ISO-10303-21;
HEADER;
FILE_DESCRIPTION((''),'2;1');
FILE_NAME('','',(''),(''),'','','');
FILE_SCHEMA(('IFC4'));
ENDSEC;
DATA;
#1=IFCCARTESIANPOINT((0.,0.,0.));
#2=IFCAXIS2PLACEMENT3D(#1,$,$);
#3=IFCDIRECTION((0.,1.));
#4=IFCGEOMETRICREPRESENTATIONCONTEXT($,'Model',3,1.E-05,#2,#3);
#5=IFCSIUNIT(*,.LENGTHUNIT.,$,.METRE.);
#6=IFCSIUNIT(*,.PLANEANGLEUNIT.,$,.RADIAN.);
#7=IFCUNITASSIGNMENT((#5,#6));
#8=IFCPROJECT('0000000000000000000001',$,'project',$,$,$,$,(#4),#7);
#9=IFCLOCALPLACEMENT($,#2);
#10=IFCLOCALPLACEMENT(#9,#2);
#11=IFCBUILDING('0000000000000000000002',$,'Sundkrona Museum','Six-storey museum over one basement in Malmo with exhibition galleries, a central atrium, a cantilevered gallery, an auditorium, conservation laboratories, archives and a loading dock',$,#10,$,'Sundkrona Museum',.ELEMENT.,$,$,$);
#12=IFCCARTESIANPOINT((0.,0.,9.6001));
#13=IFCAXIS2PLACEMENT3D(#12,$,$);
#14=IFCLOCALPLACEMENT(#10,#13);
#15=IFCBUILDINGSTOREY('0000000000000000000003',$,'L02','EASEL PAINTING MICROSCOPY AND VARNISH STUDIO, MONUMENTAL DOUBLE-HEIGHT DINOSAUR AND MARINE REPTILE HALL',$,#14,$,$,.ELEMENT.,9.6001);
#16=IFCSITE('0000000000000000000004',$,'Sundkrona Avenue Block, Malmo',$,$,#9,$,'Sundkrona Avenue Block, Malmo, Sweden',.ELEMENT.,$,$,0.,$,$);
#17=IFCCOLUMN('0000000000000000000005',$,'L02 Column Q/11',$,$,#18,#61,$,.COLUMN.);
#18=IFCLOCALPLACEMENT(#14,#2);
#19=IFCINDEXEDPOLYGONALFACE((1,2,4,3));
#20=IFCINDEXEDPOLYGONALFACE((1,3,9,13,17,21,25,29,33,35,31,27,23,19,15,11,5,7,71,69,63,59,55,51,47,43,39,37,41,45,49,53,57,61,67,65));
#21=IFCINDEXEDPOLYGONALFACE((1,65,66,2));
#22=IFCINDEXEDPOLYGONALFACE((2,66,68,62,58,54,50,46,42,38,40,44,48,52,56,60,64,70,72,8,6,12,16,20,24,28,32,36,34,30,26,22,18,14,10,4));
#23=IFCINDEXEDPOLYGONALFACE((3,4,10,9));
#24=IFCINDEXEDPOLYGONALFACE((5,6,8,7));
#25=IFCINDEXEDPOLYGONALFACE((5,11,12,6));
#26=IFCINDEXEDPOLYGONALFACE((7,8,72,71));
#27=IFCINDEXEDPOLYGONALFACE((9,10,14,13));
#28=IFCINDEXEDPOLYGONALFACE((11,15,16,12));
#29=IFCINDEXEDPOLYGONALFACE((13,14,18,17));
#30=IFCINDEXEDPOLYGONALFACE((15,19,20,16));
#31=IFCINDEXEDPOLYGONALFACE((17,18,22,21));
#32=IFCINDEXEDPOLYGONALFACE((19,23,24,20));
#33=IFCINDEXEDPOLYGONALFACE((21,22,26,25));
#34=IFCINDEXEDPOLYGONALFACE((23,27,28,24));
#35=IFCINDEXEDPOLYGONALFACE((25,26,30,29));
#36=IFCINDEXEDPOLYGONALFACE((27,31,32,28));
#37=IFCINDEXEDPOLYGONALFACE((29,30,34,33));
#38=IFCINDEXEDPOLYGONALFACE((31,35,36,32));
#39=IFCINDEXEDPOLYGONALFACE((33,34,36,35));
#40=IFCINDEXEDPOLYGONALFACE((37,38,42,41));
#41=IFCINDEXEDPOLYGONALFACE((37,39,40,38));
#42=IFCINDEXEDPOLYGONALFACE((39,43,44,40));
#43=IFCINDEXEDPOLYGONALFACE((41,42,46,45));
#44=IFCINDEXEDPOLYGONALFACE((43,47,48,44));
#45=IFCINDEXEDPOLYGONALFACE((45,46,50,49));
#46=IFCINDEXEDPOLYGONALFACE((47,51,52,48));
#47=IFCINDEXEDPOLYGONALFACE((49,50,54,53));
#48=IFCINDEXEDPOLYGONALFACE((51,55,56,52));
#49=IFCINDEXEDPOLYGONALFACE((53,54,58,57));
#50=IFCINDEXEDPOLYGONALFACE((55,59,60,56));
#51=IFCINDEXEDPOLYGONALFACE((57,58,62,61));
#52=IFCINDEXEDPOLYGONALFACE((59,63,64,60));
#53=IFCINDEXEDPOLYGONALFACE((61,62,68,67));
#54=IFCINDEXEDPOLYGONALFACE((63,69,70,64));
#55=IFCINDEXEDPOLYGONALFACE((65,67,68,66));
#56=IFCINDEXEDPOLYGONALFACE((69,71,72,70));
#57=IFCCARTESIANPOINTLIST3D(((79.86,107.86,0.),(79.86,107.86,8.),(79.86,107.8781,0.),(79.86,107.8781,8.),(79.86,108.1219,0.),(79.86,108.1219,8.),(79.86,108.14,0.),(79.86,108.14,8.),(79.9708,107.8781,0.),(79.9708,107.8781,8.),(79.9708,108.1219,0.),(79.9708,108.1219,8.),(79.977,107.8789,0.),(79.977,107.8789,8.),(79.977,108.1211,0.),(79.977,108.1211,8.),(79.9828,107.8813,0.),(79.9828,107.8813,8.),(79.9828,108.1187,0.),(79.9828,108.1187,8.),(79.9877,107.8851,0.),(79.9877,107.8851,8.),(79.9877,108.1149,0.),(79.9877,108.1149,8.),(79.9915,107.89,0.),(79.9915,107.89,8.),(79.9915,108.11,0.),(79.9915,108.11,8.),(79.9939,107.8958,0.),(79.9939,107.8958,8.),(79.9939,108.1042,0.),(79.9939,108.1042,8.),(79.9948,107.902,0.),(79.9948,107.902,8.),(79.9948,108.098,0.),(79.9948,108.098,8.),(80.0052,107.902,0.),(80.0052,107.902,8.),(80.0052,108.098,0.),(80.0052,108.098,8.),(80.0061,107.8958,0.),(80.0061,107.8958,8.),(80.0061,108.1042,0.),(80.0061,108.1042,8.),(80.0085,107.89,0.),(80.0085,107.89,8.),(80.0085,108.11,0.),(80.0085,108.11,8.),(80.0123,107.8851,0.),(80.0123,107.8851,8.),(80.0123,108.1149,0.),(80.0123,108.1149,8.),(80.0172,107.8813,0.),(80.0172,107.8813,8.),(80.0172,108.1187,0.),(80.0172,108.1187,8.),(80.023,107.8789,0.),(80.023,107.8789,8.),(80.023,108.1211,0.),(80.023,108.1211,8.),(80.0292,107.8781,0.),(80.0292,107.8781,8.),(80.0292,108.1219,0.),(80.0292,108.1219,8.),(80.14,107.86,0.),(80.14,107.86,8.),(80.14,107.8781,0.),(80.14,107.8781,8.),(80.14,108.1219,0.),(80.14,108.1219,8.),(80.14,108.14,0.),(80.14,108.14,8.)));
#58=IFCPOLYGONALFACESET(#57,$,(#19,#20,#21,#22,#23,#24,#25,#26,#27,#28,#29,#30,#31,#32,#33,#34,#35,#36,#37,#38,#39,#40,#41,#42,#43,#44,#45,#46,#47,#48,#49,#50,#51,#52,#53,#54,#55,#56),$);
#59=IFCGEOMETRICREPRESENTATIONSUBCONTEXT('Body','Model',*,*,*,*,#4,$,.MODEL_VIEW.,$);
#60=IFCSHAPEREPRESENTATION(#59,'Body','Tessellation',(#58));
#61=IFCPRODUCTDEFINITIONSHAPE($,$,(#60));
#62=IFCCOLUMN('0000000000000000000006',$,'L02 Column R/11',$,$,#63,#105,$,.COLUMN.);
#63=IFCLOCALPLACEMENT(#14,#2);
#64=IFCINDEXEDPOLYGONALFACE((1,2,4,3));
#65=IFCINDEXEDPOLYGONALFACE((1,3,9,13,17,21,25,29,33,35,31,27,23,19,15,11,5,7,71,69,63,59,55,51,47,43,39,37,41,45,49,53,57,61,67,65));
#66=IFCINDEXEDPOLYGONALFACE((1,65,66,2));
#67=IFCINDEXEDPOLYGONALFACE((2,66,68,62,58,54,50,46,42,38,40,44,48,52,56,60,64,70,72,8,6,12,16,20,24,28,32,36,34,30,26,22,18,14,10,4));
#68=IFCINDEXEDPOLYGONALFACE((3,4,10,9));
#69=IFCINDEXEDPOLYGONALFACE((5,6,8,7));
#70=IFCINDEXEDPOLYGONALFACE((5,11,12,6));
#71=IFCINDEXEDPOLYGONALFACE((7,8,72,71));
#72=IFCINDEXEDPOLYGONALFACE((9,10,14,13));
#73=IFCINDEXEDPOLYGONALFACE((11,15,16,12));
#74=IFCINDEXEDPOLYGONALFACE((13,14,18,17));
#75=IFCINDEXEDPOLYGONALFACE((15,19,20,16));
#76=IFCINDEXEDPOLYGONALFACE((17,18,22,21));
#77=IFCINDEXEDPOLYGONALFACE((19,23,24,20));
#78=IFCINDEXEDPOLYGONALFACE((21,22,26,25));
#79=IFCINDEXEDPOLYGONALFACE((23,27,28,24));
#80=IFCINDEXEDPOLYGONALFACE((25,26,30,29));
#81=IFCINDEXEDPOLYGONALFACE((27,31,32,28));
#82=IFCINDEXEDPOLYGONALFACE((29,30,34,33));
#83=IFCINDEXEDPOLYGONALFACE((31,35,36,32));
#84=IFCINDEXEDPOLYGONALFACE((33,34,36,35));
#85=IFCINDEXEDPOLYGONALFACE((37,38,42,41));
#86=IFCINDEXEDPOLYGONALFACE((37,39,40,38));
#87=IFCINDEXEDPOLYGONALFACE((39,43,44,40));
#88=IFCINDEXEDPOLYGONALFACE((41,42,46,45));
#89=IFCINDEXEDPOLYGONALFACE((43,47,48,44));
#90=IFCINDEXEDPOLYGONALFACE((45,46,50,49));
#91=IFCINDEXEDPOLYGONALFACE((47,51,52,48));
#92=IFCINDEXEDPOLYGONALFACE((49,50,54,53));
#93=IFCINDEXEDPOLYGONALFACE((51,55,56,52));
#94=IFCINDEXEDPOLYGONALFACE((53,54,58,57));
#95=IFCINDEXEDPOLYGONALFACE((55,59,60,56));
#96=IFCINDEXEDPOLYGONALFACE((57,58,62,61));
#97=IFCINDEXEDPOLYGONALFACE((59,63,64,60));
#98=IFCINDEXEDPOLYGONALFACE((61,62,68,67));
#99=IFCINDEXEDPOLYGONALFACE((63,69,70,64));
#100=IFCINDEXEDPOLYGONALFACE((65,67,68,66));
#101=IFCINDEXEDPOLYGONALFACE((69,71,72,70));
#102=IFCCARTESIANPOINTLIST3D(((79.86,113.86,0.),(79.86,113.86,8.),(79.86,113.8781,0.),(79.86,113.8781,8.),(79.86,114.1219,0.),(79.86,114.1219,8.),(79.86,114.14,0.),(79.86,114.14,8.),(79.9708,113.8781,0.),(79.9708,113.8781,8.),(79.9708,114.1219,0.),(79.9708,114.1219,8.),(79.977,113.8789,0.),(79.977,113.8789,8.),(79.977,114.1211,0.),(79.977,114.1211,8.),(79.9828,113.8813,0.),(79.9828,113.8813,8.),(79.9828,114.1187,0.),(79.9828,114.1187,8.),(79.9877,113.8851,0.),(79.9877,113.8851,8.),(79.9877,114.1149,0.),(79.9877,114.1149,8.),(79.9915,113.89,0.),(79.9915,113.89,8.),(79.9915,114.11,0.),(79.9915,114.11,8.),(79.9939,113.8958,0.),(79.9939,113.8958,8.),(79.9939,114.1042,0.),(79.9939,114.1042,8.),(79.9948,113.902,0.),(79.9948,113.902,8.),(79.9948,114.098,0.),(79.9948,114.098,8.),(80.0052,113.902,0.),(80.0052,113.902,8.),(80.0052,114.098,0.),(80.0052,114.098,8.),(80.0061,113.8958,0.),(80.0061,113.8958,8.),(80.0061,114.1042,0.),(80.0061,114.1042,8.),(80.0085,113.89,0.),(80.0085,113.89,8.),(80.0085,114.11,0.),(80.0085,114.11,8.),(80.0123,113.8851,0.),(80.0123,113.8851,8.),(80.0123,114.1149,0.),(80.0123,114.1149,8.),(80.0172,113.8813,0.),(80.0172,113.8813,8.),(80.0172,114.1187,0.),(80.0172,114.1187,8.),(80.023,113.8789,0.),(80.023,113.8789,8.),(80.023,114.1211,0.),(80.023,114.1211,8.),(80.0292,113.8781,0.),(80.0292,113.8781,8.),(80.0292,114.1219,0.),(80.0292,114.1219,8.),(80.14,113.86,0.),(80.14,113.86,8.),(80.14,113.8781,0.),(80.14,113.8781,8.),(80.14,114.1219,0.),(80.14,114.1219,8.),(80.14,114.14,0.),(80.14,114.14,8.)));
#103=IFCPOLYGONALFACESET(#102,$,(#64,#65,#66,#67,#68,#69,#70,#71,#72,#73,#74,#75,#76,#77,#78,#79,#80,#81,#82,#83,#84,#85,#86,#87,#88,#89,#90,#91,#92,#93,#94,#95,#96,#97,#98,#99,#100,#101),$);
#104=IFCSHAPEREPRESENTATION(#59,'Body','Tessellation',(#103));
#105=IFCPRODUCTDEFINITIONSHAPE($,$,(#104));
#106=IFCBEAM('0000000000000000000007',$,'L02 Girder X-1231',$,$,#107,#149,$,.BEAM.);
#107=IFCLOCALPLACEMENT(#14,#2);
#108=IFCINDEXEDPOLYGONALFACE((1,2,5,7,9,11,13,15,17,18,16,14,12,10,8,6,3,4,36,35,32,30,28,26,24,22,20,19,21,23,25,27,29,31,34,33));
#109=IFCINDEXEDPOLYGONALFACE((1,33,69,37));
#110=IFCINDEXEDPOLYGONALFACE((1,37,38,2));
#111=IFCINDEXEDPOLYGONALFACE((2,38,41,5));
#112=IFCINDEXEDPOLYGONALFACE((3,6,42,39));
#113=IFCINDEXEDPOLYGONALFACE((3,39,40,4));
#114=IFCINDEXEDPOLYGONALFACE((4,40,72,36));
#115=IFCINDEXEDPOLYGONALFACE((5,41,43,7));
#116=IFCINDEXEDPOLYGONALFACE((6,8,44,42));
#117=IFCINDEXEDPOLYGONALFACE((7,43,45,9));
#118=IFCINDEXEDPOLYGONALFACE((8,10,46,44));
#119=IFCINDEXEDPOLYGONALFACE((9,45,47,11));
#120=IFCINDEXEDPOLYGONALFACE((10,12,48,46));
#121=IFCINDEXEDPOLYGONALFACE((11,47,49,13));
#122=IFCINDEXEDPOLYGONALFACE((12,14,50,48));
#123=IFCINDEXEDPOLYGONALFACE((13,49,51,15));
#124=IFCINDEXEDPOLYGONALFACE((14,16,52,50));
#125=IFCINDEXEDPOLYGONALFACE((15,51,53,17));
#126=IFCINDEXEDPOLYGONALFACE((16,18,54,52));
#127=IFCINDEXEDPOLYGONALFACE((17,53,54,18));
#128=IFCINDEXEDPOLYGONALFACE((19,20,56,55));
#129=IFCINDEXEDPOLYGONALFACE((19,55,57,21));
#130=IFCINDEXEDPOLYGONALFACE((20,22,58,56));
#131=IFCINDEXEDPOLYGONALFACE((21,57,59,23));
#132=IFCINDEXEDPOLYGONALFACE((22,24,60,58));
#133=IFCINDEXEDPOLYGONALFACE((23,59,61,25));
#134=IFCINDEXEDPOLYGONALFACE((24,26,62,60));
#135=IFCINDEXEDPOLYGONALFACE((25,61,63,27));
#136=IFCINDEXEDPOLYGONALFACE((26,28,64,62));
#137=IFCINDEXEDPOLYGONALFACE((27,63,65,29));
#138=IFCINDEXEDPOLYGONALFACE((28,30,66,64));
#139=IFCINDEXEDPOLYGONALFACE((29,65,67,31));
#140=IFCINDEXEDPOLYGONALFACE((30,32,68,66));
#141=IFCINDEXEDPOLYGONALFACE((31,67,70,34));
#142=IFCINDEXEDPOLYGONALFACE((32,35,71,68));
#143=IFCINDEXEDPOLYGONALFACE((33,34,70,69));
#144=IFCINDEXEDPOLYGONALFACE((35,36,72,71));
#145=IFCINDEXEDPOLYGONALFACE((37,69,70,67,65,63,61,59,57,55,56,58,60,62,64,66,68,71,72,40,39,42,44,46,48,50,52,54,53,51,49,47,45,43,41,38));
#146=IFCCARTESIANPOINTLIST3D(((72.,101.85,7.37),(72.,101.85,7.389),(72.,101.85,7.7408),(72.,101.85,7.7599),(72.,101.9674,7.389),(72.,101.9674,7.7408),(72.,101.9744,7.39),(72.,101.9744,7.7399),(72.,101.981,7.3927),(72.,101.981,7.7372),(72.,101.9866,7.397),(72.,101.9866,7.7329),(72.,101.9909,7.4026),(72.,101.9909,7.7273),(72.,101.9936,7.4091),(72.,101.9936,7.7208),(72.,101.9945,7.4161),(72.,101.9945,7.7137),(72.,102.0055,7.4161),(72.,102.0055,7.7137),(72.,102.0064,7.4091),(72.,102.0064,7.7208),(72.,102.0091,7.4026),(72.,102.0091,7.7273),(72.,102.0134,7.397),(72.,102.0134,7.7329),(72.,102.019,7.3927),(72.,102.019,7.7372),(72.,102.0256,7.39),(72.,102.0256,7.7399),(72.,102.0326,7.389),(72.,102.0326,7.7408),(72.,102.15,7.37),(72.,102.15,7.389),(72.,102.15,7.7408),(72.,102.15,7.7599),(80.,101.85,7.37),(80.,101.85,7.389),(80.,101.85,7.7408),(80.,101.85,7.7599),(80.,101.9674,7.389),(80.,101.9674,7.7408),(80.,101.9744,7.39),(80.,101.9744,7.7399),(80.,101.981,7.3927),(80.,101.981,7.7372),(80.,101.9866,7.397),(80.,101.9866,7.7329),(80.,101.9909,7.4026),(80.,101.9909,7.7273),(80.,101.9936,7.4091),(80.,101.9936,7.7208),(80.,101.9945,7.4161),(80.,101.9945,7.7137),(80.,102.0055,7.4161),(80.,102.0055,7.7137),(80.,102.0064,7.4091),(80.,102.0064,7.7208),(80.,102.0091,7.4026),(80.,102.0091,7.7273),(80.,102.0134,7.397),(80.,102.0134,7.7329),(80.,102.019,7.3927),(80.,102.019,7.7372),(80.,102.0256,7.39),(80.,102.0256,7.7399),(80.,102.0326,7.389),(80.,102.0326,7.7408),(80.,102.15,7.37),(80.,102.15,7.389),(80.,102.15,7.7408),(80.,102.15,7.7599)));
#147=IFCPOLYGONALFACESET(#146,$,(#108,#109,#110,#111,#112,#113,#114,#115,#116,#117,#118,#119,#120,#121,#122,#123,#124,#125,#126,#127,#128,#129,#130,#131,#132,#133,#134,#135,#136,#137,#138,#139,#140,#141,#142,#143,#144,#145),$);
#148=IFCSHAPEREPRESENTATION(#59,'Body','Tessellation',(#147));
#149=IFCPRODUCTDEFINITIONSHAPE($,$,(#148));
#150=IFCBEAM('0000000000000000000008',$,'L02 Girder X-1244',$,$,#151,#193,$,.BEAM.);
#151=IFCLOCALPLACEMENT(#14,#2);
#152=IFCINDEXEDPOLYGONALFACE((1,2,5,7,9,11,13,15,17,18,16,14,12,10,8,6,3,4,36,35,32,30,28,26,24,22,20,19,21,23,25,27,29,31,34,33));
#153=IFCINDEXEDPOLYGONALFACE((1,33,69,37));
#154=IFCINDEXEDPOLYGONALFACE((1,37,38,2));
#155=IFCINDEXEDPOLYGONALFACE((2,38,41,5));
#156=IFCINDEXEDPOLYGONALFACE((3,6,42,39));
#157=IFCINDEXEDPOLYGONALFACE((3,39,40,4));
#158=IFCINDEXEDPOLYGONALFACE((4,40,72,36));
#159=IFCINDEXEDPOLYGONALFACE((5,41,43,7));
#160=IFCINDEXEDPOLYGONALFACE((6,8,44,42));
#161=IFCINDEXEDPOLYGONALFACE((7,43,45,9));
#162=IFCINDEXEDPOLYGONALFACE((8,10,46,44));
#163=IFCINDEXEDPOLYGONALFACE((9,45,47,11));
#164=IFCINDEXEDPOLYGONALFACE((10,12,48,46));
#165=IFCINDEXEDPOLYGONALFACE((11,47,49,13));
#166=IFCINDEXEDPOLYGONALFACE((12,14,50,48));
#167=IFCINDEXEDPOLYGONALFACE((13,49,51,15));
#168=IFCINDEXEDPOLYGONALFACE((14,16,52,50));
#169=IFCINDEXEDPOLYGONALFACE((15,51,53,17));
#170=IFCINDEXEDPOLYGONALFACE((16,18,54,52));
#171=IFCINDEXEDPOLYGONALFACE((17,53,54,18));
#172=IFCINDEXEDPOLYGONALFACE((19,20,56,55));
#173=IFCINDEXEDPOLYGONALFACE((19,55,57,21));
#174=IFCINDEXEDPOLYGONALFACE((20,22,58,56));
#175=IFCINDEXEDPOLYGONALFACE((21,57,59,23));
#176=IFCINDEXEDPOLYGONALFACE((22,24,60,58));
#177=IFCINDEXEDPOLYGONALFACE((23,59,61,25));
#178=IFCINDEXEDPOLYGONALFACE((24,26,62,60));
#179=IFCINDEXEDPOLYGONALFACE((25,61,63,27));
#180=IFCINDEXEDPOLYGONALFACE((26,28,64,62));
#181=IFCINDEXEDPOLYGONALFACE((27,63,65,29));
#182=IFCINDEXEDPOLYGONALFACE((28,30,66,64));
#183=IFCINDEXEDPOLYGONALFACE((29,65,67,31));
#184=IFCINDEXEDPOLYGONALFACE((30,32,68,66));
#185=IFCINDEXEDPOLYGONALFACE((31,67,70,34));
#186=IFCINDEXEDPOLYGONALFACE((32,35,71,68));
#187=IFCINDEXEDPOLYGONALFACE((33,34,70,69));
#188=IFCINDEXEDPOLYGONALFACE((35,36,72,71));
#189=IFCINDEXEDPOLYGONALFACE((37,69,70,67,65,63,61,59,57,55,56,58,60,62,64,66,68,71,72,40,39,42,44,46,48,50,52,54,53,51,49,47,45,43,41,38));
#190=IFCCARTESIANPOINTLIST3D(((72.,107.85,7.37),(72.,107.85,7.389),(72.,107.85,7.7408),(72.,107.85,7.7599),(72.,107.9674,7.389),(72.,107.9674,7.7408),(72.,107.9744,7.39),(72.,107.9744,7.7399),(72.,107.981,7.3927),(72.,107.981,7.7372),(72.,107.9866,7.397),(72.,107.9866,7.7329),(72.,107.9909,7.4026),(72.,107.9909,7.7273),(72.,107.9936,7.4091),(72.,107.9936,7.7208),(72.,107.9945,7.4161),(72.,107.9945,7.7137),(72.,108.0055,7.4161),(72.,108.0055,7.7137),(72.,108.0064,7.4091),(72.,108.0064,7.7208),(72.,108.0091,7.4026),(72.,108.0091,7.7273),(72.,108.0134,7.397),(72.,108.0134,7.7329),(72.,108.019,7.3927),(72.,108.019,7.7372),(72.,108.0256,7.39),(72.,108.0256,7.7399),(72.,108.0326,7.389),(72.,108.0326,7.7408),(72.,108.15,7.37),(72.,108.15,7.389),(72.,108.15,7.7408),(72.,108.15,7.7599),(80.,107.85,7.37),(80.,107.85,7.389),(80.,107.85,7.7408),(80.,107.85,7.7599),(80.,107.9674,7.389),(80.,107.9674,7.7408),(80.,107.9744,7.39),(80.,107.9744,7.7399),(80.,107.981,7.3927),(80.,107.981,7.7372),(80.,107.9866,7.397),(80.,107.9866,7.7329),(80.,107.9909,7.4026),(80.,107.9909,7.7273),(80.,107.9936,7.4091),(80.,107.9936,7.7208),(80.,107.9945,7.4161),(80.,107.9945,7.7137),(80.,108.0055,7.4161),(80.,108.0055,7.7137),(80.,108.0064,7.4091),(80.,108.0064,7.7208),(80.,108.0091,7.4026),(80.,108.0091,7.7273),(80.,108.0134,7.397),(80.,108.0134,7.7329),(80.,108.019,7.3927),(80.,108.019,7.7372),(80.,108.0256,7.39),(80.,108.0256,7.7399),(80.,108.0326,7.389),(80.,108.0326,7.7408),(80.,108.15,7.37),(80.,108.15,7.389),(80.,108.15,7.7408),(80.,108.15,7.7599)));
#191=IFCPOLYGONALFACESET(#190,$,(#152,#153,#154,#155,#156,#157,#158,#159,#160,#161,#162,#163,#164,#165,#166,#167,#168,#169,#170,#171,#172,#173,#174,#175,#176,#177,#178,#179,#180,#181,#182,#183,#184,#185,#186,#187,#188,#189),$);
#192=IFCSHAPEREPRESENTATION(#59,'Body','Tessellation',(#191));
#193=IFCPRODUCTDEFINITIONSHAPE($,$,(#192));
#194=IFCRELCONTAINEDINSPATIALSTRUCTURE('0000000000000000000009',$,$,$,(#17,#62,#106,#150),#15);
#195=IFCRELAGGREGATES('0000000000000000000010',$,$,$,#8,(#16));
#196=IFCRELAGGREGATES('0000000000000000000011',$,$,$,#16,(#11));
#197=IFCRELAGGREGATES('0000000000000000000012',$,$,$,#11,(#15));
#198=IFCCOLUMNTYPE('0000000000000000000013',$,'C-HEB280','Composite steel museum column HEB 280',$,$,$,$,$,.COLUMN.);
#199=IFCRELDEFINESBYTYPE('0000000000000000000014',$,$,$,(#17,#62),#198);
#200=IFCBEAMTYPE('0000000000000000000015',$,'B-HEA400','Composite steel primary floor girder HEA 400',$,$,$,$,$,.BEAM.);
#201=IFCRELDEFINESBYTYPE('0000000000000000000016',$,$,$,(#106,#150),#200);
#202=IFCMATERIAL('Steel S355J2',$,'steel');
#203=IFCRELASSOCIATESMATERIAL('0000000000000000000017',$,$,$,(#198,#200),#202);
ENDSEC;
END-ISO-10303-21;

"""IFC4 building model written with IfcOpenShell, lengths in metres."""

from ifc_helpers import new_model, si_unit, direction, frame, origin, origin_2d, place, context, subcontext, project, spatial, i_section, extrude, material, material_profile, profile_set, type_object, element, save


model = new_model("IFC4")

# Units and contexts
model_context = context("Model", 3, precision=1e-05, world=origin(), true_north=direction((0.0, 1.0)))
body_context = subcontext(model_context, "Body", "Model", "MODEL_VIEW")
ifc_project = project(units=[si_unit("LENGTHUNIT", "METRE"), si_unit("PLANEANGLEUNIT", "RADIAN")], contexts=[model_context])

# Site, building, storey
site_placement = place(None, origin())
site = spatial("IfcSite", under=ifc_project, at=site_placement, Name="Sundkrona Avenue Block, Malmo", LongName="Sundkrona Avenue Block, Malmo, Sweden", CompositionType="ELEMENT", RefElevation=0.0)
building_placement = place(site_placement, origin())
building = spatial("IfcBuilding", under=site, at=building_placement, Name="Sundkrona Museum", Description="Six-storey museum over one basement in Malmo with exhibition galleries, a central atrium, a cantilevered gallery, an auditorium, conservation laboratories, archives and a loading dock", LongName="Sundkrona Museum", CompositionType="ELEMENT")
storey_placement = place(building_placement, frame((0.0, 0.0, 9.6001)))
storey = spatial("IfcBuildingStorey", under=building, at=storey_placement, Name="L02", Description="EASEL PAINTING MICROSCOPY AND VARNISH STUDIO, MONUMENTAL DOUBLE-HEIGHT DINOSAUR AND MARINE REPTILE HALL", CompositionType="ELEMENT", Elevation=9.6001)

# Columns
ifc_material_1 = material(Name="Steel S355J2", Category="steel")
ifc_material_profile_1 = material_profile(ifc_material_1, i_section(OverallWidth=0.28, OverallDepth=0.28, WebThickness=0.0105, FlangeThickness=0.0181, FilletRadius=0.0239, at=origin_2d()), Name="HEB 280")
ifc_profile_set_1 = profile_set([ifc_material_profile_1], Name="Steel S355J2")
column_type_1 = type_object("IfcColumnType", Name="C-HEB280", Description="Composite steel museum column HEB 280", PredefinedType="COLUMN", material=ifc_profile_set_1)
for number, where, z_axis, x_axis, name in (
    (1, (80.0, 108.0, 0.0), (0.0, 0.0, 1.0), (1.0, 0.0, 0.0), "L02 Column Q/11"),
    (2, (80.0, 114.0, 0.0), (0.0, 0.0, 1.0), (1.0, 0.0, 0.0), "L02 Column R/11"),
):
    element("IfcColumn", number, at=place(storey_placement, frame(where, z_axis=z_axis, x_axis=x_axis)), inside=storey, type_object=column_type_1, Name=name, PredefinedType="COLUMN", context=body_context, shape_type="SweptSolid", body=[
        extrude(i_section(OverallWidth=0.28, OverallDepth=0.28, WebThickness=0.0105, FlangeThickness=0.0181, FilletRadius=0.0239, at=origin_2d()), origin(), (0.0, 0.0, 1.0), 8.0),
    ])

# Beams
ifc_material_profile_2 = material_profile(ifc_material_1, i_section(OverallWidth=0.3, OverallDepth=0.3899, WebThickness=0.011, FlangeThickness=0.019, FilletRadius=0.0271, at=origin_2d()), Name="HEA 400")
ifc_profile_set_2 = profile_set([ifc_material_profile_2], Name="Steel S355J2")
beam_type_1 = type_object("IfcBeamType", Name="B-HEA400", Description="Composite steel primary floor girder HEA 400", PredefinedType="BEAM", material=ifc_profile_set_2)
for number, where, z_axis, x_axis, name in (
    (3, (72.0, 102.0, 7.5649), (1.0, 0.0, 0.0), (0.0, 1.0, 0.0), "L02 Girder X-1231"),
    (4, (72.0, 108.0, 7.5649), (1.0, 0.0, 0.0), (0.0, 1.0, 0.0), "L02 Girder X-1244"),
):
    element("IfcBeam", number, at=place(storey_placement, frame(where, z_axis=z_axis, x_axis=x_axis)), inside=storey, type_object=beam_type_1, Name=name, PredefinedType="BEAM", context=body_context, shape_type="SweptSolid", body=[
        extrude(i_section(OverallWidth=0.3, OverallDepth=0.3899, WebThickness=0.011, FlangeThickness=0.019, FilletRadius=0.0271, at=origin_2d()), origin(), (0.0, 0.0, 1.0), 8.0),
    ])

save(model, "model.ifc")
